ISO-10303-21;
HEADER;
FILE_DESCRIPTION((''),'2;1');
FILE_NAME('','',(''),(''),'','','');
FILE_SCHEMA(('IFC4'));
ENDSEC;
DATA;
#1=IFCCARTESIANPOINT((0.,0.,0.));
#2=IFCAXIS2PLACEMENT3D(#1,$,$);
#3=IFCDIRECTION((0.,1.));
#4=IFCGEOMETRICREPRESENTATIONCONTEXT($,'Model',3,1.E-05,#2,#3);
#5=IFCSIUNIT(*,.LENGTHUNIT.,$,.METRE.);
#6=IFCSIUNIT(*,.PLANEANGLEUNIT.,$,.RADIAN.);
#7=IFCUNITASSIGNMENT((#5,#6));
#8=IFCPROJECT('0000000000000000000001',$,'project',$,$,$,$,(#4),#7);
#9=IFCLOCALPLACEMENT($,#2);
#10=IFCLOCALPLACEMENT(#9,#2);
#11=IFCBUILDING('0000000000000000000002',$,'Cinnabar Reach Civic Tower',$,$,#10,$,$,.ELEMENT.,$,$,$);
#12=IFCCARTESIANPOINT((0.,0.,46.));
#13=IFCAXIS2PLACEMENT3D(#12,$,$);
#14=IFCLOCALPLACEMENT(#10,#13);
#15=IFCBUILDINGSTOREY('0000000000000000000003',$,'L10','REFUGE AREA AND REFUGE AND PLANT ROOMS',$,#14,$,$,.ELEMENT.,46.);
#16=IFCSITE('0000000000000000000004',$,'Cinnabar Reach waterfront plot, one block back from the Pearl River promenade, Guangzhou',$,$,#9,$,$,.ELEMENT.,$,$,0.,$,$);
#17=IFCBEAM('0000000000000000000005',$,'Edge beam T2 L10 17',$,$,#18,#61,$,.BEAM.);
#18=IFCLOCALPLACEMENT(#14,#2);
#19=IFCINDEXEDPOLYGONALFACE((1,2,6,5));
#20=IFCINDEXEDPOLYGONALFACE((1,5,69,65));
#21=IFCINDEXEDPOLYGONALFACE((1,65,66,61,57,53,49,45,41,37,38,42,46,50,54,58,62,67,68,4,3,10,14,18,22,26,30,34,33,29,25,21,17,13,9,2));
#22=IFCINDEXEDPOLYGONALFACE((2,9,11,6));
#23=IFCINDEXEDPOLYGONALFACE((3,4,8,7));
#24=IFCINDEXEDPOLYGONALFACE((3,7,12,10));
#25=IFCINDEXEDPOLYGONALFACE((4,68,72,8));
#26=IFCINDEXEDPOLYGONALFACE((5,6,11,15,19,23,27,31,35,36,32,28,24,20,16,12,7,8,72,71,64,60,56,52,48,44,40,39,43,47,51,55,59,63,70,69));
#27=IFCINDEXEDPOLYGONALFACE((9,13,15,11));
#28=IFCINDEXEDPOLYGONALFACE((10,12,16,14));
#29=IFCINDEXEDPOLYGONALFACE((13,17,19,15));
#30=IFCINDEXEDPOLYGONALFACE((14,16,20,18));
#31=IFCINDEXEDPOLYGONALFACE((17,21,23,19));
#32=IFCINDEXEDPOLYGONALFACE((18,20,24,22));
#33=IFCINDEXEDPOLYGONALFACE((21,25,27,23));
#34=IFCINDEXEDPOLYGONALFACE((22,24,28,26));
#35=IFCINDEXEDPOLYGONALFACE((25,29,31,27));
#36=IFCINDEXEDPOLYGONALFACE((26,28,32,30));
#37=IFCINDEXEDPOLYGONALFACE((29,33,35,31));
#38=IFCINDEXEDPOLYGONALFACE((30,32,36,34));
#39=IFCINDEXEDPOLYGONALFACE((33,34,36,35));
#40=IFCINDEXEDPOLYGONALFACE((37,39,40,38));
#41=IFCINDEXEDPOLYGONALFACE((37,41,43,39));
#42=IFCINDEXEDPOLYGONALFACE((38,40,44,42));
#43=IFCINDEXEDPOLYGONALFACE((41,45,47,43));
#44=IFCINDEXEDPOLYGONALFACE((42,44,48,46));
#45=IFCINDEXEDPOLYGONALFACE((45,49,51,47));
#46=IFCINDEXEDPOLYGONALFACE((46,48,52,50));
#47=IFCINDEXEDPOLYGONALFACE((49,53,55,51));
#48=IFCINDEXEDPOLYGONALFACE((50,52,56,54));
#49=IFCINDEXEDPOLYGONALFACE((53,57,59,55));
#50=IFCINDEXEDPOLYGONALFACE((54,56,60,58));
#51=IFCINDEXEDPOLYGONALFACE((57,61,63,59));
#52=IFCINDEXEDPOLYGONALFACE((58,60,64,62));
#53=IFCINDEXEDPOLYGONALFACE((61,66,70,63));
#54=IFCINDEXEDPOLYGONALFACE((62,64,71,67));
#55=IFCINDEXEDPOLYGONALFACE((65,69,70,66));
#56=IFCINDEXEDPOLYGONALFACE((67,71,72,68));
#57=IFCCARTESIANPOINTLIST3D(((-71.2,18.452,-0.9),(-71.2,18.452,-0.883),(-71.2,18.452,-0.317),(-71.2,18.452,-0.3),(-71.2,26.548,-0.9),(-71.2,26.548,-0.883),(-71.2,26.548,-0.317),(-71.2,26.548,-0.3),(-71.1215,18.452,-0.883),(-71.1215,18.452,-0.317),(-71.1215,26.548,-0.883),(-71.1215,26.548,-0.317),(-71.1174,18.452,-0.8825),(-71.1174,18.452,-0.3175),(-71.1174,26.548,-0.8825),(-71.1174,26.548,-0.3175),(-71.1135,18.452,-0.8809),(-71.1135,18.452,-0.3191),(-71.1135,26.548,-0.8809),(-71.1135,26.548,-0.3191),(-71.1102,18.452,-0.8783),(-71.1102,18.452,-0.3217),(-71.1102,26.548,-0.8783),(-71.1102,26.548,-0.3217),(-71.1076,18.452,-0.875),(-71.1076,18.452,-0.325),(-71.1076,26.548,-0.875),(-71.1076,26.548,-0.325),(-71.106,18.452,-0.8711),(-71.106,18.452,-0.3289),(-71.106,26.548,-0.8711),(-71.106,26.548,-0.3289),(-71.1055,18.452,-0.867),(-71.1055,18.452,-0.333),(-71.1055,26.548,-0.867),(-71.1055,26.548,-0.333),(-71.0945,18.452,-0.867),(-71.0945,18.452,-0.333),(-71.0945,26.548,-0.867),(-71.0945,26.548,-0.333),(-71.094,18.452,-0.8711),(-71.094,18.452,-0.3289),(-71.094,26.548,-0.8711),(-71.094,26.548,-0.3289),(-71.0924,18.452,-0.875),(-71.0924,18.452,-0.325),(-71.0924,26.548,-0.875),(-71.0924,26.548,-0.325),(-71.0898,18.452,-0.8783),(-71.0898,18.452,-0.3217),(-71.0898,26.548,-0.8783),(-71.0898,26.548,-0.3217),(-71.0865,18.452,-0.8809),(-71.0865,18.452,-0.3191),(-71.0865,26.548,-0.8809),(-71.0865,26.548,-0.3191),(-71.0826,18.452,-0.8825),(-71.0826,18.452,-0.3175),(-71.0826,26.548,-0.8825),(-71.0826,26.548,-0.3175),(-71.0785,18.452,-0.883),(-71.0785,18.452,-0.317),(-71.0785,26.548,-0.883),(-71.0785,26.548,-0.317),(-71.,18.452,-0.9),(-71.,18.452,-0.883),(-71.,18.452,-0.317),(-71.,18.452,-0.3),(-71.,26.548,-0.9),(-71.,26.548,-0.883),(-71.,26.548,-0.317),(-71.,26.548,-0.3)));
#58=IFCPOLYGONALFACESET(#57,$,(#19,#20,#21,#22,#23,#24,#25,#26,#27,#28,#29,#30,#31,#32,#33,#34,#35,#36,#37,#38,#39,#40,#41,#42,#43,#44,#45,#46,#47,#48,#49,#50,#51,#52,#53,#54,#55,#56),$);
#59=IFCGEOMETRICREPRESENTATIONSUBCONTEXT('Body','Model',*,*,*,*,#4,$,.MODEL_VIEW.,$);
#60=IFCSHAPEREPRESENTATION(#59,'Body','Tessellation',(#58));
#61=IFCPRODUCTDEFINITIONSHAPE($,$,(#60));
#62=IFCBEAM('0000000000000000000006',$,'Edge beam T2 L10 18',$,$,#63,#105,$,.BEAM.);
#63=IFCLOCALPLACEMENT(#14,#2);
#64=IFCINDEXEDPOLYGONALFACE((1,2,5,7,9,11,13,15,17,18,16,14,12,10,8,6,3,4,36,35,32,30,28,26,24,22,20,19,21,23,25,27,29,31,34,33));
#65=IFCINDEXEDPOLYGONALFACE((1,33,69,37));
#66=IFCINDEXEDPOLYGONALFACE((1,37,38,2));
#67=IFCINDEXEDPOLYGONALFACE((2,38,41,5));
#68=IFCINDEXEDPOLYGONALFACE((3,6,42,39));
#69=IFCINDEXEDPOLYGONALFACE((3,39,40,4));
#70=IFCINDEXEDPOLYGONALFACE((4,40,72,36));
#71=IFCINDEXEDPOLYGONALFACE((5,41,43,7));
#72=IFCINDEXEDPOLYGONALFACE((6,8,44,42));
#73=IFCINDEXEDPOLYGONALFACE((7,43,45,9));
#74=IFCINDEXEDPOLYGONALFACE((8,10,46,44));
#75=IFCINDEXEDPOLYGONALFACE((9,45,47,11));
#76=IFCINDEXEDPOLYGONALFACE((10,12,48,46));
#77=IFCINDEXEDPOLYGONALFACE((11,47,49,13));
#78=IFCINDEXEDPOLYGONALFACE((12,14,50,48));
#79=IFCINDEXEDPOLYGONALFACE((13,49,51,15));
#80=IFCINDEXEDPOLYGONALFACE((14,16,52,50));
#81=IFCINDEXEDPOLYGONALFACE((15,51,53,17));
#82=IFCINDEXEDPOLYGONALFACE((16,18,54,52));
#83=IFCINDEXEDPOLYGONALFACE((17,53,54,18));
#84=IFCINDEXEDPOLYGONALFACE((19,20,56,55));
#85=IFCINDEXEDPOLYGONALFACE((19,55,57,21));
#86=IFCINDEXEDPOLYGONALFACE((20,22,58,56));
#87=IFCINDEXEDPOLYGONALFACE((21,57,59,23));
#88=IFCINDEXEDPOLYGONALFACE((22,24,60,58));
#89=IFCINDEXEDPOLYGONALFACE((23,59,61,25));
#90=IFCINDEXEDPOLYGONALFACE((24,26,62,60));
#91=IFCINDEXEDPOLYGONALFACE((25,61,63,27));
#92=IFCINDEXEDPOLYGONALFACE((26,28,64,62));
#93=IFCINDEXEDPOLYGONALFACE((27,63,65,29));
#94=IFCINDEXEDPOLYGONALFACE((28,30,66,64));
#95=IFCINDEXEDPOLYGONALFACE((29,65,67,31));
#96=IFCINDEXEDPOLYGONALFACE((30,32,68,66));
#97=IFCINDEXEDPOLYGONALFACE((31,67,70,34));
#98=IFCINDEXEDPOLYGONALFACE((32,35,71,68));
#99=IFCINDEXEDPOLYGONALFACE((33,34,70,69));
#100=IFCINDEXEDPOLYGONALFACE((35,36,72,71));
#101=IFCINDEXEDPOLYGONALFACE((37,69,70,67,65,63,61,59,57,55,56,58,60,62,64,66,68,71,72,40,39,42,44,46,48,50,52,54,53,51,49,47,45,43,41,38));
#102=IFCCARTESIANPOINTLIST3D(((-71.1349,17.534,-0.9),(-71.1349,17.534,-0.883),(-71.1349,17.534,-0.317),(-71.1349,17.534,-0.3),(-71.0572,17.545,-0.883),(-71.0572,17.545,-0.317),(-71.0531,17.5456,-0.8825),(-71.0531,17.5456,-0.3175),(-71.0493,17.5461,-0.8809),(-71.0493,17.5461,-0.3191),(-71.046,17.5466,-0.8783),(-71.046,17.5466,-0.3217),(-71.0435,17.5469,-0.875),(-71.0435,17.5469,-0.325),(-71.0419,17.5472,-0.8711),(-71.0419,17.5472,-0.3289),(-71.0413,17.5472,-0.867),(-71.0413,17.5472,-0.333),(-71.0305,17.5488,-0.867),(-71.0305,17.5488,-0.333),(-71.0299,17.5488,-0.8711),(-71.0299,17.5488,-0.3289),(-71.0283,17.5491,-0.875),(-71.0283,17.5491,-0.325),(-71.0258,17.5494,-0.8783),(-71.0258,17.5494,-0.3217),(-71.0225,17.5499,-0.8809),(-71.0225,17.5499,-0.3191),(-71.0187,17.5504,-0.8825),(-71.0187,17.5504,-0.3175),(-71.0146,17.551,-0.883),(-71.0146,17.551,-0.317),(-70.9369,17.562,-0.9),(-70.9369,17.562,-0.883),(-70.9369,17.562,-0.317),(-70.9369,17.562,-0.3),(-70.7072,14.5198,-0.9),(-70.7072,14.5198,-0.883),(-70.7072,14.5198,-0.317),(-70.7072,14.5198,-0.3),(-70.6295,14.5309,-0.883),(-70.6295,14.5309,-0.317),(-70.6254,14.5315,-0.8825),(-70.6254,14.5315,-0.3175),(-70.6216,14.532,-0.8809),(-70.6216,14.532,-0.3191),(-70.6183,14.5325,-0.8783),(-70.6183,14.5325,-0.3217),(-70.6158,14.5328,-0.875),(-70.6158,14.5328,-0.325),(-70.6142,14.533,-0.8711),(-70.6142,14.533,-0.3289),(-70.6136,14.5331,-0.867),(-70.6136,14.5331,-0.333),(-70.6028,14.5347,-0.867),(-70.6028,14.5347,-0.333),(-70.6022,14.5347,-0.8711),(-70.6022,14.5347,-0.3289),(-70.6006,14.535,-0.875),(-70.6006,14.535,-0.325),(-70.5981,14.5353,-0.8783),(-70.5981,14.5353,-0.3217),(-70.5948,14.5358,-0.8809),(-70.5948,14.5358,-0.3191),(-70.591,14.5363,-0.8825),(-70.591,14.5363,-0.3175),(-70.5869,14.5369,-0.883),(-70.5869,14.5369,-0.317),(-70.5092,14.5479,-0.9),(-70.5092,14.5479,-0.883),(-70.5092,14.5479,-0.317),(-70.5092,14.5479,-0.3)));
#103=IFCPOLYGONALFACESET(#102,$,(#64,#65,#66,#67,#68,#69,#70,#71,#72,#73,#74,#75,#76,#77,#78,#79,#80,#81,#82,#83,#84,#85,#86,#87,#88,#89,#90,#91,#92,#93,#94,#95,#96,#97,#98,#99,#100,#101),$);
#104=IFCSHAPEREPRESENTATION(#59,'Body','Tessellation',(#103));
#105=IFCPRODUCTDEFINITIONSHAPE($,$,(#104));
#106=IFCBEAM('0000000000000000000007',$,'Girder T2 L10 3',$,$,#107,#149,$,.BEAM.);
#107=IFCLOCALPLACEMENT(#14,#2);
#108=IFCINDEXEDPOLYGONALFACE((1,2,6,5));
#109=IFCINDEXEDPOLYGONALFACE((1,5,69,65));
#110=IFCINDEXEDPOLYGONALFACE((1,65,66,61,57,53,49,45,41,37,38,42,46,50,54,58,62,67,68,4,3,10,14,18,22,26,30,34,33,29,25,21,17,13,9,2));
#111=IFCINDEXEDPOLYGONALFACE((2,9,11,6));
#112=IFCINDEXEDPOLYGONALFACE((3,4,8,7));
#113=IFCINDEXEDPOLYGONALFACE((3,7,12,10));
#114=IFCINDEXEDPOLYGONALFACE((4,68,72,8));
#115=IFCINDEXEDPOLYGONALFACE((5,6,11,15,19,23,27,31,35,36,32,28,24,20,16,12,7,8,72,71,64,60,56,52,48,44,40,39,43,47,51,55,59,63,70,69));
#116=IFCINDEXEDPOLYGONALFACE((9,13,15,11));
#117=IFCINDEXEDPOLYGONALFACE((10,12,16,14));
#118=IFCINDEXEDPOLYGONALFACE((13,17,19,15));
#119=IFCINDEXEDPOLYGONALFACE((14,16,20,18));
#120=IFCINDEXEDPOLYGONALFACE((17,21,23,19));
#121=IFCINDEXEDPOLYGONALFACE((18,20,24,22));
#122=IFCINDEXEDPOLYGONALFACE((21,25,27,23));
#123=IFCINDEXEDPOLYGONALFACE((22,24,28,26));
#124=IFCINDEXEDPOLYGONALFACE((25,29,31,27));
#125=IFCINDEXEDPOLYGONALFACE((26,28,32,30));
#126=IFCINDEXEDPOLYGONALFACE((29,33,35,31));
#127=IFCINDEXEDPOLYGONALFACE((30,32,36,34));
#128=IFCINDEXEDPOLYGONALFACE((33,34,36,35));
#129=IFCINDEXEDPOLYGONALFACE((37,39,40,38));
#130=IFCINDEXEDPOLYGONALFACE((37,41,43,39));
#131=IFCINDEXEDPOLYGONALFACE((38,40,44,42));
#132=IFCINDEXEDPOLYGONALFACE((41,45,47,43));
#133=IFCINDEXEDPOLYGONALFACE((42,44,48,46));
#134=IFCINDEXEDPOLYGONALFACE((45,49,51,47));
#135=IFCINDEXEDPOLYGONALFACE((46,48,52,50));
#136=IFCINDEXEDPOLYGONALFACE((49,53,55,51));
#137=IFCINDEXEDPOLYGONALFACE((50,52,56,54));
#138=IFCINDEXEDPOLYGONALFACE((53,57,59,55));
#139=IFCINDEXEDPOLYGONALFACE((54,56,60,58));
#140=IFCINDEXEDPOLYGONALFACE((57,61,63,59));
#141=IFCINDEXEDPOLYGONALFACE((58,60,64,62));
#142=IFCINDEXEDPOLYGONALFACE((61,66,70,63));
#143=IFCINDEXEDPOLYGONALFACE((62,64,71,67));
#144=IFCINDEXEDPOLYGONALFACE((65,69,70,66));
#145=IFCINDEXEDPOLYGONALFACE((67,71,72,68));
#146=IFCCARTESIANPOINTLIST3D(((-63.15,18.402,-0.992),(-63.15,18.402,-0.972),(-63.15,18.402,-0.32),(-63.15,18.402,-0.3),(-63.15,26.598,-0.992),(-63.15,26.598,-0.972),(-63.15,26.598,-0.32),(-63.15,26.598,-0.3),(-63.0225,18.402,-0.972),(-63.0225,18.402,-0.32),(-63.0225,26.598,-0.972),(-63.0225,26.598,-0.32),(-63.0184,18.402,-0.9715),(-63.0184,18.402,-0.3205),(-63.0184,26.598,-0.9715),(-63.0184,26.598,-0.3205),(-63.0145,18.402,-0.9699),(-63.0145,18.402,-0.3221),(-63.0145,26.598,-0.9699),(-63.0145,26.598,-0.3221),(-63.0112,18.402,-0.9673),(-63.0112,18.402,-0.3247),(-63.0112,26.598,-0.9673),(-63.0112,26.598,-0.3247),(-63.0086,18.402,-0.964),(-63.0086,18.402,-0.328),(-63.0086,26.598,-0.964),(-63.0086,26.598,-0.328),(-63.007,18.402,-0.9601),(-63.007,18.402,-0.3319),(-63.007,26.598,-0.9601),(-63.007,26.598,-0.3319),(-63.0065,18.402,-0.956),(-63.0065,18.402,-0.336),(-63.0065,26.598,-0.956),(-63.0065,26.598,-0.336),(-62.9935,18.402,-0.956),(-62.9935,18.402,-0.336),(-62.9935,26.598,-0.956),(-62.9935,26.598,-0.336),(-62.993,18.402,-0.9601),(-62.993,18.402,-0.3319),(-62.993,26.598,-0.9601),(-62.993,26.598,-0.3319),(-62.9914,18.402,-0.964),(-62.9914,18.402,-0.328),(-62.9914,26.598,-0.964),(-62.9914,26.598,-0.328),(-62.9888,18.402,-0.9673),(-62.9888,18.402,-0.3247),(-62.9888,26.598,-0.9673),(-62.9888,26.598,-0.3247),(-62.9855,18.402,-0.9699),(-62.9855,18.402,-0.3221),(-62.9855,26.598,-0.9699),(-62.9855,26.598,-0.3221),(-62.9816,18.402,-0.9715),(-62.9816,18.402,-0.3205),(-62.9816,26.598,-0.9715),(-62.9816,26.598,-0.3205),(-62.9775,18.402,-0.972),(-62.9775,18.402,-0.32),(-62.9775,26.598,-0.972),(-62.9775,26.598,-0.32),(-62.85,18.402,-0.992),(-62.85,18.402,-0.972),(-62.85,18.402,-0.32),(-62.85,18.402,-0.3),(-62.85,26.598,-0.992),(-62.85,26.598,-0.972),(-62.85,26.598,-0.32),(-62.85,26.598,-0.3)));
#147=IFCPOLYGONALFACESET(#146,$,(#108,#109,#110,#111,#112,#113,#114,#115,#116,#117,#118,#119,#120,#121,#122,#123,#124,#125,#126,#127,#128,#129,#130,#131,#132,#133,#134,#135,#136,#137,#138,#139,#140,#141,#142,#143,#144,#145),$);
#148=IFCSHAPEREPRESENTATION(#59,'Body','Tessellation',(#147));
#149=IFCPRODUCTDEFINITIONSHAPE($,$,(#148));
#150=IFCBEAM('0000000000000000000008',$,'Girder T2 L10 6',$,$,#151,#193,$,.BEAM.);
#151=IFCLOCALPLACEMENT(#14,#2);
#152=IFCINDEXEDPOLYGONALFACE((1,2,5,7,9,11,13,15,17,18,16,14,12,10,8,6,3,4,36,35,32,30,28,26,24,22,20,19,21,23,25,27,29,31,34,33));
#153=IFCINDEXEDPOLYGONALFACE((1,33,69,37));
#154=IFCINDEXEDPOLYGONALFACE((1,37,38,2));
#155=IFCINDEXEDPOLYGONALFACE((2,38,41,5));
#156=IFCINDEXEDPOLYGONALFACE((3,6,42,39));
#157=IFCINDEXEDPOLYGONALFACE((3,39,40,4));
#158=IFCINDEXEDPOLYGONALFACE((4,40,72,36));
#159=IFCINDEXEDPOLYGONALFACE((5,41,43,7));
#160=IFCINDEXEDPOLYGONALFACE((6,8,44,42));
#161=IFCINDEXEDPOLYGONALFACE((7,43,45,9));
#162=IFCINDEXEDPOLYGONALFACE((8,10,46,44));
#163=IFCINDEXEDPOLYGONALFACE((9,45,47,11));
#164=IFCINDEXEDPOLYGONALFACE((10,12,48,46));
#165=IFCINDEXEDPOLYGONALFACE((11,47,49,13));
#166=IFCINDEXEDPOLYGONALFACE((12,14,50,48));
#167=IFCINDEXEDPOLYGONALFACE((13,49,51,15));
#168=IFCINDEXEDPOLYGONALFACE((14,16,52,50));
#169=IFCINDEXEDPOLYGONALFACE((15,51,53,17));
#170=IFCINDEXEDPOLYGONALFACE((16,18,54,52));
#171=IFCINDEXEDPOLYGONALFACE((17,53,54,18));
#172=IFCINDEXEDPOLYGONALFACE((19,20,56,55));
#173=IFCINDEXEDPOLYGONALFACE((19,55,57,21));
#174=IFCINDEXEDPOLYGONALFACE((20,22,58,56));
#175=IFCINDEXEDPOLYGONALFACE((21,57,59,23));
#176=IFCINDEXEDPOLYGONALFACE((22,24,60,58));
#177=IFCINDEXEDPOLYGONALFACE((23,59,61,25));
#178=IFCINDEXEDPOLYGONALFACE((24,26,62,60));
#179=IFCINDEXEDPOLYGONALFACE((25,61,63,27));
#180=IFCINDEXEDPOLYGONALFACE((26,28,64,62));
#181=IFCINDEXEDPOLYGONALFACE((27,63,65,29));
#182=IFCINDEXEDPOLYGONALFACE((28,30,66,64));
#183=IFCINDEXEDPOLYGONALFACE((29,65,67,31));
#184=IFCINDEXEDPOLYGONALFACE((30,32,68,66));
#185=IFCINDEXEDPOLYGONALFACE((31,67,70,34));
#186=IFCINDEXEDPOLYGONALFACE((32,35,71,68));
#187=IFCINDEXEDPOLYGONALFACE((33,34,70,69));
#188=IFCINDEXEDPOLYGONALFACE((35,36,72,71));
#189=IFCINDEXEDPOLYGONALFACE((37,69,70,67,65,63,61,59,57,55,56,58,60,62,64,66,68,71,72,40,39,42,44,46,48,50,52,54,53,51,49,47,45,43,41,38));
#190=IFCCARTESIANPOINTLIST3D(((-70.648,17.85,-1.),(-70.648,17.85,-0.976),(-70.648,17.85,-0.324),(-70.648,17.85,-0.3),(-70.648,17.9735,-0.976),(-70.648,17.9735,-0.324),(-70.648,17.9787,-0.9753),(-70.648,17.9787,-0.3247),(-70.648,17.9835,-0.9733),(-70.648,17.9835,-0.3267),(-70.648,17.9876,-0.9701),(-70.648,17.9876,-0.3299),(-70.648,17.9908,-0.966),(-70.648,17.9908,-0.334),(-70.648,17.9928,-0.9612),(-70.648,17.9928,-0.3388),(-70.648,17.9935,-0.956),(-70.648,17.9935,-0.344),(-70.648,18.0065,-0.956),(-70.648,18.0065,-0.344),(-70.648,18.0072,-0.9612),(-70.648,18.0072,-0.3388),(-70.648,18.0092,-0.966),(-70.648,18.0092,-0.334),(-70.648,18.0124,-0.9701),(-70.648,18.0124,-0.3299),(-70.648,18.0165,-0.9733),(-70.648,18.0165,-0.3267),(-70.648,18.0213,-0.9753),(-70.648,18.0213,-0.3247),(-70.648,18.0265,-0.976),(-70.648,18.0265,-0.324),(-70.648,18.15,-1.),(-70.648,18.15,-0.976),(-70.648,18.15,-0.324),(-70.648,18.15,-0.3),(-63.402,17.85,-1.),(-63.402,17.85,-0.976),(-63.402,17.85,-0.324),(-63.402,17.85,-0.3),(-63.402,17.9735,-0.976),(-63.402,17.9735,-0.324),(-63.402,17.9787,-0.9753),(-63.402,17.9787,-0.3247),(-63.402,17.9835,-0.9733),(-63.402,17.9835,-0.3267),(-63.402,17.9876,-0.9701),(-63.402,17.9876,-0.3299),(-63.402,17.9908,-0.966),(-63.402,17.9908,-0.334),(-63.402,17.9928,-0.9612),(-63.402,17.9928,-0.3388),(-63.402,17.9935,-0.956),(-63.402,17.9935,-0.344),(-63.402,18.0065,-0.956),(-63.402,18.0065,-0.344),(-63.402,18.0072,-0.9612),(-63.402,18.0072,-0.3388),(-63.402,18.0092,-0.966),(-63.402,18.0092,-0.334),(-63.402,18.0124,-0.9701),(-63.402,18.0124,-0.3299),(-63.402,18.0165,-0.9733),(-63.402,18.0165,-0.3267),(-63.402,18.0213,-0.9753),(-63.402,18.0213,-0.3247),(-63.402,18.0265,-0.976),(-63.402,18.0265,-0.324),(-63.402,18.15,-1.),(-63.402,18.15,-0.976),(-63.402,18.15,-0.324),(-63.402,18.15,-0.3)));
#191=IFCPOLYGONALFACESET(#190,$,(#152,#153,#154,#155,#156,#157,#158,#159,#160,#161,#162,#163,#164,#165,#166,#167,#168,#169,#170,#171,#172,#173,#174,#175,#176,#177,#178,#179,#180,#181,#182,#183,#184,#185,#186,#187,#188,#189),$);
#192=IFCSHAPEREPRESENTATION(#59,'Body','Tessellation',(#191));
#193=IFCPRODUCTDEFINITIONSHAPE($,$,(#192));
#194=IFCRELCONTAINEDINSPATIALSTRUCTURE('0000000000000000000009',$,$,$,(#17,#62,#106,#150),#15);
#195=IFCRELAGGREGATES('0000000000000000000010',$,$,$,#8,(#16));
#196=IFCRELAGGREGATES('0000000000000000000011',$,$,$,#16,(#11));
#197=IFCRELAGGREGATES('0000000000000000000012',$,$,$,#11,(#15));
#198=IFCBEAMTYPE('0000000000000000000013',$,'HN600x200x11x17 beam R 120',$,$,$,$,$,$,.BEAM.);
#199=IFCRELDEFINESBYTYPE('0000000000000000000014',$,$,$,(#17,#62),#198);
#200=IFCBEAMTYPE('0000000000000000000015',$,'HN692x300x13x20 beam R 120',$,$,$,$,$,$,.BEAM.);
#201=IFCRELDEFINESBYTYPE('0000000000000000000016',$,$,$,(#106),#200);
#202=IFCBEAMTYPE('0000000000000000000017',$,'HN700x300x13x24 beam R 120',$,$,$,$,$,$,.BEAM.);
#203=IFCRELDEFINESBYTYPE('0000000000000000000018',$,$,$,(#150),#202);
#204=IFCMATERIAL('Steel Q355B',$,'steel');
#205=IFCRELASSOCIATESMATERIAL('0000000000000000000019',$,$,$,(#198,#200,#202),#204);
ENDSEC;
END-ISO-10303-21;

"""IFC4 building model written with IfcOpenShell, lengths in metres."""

from ifc_helpers import new_model, si_unit, direction, frame, origin, origin_2d, place, context, subcontext, project, spatial, i_section, extrude, material, material_profile, profile_set, type_object, element, save


model = new_model("IFC4")

# Units and contexts
model_context = context("Model", 3, precision=1e-05, world=origin(), true_north=direction((0.0, 1.0)))
body_context = subcontext(model_context, "Body", "Model", "MODEL_VIEW")
ifc_project = project(units=[si_unit("LENGTHUNIT", "METRE"), si_unit("PLANEANGLEUNIT", "RADIAN")], contexts=[model_context])

# Site, building, storey
site_placement = place(None, origin())
site = spatial("IfcSite", under=ifc_project, at=site_placement, Name="Cinnabar Reach waterfront plot, one block back from the Pearl River promenade, Guangzhou", CompositionType="ELEMENT", RefElevation=0.0)
building_placement = place(site_placement, origin())
building = spatial("IfcBuilding", under=site, at=building_placement, Name="Cinnabar Reach Civic Tower", CompositionType="ELEMENT")
storey_placement = place(building_placement, frame((0.0, 0.0, 46.0)))
storey = spatial("IfcBuildingStorey", under=building, at=storey_placement, Name="L10", Description="REFUGE AREA AND REFUGE AND PLANT ROOMS", CompositionType="ELEMENT", Elevation=46.0)

# Beams
ifc_material_1 = material(Name="Steel Q355B", Category="steel")
ifc_material_profile_1 = material_profile(ifc_material_1, i_section(OverallWidth=0.2, OverallDepth=0.6, WebThickness=0.011, FlangeThickness=0.017, FilletRadius=0.016, at=origin_2d()), Name="HN600x200x11x17")
ifc_profile_set_1 = profile_set([ifc_material_profile_1], Name="Steel Q355B")
beam_type_1 = type_object("IfcBeamType", Name="HN600x200x11x17 beam R 120", PredefinedType="BEAM", material=ifc_profile_set_1)
beam_1_placement = place(storey_placement, frame((-71.1, 26.548, -0.6), z_axis=(0.0, -1.0, 0.0), x_axis=(1.0, 0.0, 0.0)))
element("IfcBeam", 1, at=beam_1_placement, inside=storey, type_object=beam_type_1, Name="Edge beam T2 L10 17", PredefinedType="BEAM", context=body_context, shape_type="SweptSolid", body=[
    extrude(i_section(OverallWidth=0.2, OverallDepth=0.6, WebThickness=0.011, FlangeThickness=0.017, FilletRadius=0.016, at=origin_2d()), origin(), (0.0, 0.0, 1.0), 8.096),
])
beam_2_placement = place(storey_placement, frame((-71.0359, 17.548, -0.6), z_axis=(0.140492, -0.990082, 0.0), x_axis=(0.990082, 0.140492, 0.0)))
element("IfcBeam", 2, at=beam_2_placement, inside=storey, type_object=beam_type_1, Name="Edge beam T2 L10 18", PredefinedType="BEAM", context=body_context, shape_type="SweptSolid", body=[
    extrude(i_section(OverallWidth=0.2, OverallDepth=0.6, WebThickness=0.011, FlangeThickness=0.017, FilletRadius=0.016, at=origin_2d()), origin(), (0.0, 0.0, 1.0), 3.0443),
])
ifc_material_profile_2 = material_profile(ifc_material_1, i_section(OverallWidth=0.3, OverallDepth=0.692, WebThickness=0.013, FlangeThickness=0.02, FilletRadius=0.016, at=origin_2d()), Name="HN692x300x13x20")
ifc_profile_set_2 = profile_set([ifc_material_profile_2], Name="Steel Q355B")
beam_type_2 = type_object("IfcBeamType", Name="HN692x300x13x20 beam R 120", PredefinedType="BEAM", material=ifc_profile_set_2)
beam_3_placement = place(storey_placement, frame((-63.0, 18.402, -0.646), z_axis=(0.0, 1.0, 0.0), x_axis=(-1.0, 0.0, 0.0)))
element("IfcBeam", 3, at=beam_3_placement, inside=storey, type_object=beam_type_2, Name="Girder T2 L10 3", PredefinedType="BEAM", context=body_context, shape_type="SweptSolid", body=[
    extrude(i_section(OverallWidth=0.3, OverallDepth=0.692, WebThickness=0.013, FlangeThickness=0.02, FilletRadius=0.016, at=origin_2d()), origin(), (0.0, 0.0, 1.0), 8.196),
])
ifc_material_profile_3 = material_profile(ifc_material_1, i_section(OverallWidth=0.3, OverallDepth=0.7, WebThickness=0.013, FlangeThickness=0.024, FilletRadius=0.02, at=origin_2d()), Name="HN700x300x13x24")
ifc_profile_set_3 = profile_set([ifc_material_profile_3], Name="Steel Q355B")
beam_type_3 = type_object("IfcBeamType", Name="HN700x300x13x24 beam R 120", PredefinedType="BEAM", material=ifc_profile_set_3)
beam_4_placement = place(storey_placement, frame((-70.648, 18.0, -0.65), z_axis=(1.0, 0.0, 0.0), x_axis=(0.0, 1.0, 0.0)))
element("IfcBeam", 4, at=beam_4_placement, inside=storey, type_object=beam_type_3, Name="Girder T2 L10 6", PredefinedType="BEAM", context=body_context, shape_type="SweptSolid", body=[
    extrude(i_section(OverallWidth=0.3, OverallDepth=0.7, WebThickness=0.013, FlangeThickness=0.024, FilletRadius=0.02, at=origin_2d()), origin(), (0.0, 0.0, 1.0), 7.246),
])

save(model, "model.ifc")
